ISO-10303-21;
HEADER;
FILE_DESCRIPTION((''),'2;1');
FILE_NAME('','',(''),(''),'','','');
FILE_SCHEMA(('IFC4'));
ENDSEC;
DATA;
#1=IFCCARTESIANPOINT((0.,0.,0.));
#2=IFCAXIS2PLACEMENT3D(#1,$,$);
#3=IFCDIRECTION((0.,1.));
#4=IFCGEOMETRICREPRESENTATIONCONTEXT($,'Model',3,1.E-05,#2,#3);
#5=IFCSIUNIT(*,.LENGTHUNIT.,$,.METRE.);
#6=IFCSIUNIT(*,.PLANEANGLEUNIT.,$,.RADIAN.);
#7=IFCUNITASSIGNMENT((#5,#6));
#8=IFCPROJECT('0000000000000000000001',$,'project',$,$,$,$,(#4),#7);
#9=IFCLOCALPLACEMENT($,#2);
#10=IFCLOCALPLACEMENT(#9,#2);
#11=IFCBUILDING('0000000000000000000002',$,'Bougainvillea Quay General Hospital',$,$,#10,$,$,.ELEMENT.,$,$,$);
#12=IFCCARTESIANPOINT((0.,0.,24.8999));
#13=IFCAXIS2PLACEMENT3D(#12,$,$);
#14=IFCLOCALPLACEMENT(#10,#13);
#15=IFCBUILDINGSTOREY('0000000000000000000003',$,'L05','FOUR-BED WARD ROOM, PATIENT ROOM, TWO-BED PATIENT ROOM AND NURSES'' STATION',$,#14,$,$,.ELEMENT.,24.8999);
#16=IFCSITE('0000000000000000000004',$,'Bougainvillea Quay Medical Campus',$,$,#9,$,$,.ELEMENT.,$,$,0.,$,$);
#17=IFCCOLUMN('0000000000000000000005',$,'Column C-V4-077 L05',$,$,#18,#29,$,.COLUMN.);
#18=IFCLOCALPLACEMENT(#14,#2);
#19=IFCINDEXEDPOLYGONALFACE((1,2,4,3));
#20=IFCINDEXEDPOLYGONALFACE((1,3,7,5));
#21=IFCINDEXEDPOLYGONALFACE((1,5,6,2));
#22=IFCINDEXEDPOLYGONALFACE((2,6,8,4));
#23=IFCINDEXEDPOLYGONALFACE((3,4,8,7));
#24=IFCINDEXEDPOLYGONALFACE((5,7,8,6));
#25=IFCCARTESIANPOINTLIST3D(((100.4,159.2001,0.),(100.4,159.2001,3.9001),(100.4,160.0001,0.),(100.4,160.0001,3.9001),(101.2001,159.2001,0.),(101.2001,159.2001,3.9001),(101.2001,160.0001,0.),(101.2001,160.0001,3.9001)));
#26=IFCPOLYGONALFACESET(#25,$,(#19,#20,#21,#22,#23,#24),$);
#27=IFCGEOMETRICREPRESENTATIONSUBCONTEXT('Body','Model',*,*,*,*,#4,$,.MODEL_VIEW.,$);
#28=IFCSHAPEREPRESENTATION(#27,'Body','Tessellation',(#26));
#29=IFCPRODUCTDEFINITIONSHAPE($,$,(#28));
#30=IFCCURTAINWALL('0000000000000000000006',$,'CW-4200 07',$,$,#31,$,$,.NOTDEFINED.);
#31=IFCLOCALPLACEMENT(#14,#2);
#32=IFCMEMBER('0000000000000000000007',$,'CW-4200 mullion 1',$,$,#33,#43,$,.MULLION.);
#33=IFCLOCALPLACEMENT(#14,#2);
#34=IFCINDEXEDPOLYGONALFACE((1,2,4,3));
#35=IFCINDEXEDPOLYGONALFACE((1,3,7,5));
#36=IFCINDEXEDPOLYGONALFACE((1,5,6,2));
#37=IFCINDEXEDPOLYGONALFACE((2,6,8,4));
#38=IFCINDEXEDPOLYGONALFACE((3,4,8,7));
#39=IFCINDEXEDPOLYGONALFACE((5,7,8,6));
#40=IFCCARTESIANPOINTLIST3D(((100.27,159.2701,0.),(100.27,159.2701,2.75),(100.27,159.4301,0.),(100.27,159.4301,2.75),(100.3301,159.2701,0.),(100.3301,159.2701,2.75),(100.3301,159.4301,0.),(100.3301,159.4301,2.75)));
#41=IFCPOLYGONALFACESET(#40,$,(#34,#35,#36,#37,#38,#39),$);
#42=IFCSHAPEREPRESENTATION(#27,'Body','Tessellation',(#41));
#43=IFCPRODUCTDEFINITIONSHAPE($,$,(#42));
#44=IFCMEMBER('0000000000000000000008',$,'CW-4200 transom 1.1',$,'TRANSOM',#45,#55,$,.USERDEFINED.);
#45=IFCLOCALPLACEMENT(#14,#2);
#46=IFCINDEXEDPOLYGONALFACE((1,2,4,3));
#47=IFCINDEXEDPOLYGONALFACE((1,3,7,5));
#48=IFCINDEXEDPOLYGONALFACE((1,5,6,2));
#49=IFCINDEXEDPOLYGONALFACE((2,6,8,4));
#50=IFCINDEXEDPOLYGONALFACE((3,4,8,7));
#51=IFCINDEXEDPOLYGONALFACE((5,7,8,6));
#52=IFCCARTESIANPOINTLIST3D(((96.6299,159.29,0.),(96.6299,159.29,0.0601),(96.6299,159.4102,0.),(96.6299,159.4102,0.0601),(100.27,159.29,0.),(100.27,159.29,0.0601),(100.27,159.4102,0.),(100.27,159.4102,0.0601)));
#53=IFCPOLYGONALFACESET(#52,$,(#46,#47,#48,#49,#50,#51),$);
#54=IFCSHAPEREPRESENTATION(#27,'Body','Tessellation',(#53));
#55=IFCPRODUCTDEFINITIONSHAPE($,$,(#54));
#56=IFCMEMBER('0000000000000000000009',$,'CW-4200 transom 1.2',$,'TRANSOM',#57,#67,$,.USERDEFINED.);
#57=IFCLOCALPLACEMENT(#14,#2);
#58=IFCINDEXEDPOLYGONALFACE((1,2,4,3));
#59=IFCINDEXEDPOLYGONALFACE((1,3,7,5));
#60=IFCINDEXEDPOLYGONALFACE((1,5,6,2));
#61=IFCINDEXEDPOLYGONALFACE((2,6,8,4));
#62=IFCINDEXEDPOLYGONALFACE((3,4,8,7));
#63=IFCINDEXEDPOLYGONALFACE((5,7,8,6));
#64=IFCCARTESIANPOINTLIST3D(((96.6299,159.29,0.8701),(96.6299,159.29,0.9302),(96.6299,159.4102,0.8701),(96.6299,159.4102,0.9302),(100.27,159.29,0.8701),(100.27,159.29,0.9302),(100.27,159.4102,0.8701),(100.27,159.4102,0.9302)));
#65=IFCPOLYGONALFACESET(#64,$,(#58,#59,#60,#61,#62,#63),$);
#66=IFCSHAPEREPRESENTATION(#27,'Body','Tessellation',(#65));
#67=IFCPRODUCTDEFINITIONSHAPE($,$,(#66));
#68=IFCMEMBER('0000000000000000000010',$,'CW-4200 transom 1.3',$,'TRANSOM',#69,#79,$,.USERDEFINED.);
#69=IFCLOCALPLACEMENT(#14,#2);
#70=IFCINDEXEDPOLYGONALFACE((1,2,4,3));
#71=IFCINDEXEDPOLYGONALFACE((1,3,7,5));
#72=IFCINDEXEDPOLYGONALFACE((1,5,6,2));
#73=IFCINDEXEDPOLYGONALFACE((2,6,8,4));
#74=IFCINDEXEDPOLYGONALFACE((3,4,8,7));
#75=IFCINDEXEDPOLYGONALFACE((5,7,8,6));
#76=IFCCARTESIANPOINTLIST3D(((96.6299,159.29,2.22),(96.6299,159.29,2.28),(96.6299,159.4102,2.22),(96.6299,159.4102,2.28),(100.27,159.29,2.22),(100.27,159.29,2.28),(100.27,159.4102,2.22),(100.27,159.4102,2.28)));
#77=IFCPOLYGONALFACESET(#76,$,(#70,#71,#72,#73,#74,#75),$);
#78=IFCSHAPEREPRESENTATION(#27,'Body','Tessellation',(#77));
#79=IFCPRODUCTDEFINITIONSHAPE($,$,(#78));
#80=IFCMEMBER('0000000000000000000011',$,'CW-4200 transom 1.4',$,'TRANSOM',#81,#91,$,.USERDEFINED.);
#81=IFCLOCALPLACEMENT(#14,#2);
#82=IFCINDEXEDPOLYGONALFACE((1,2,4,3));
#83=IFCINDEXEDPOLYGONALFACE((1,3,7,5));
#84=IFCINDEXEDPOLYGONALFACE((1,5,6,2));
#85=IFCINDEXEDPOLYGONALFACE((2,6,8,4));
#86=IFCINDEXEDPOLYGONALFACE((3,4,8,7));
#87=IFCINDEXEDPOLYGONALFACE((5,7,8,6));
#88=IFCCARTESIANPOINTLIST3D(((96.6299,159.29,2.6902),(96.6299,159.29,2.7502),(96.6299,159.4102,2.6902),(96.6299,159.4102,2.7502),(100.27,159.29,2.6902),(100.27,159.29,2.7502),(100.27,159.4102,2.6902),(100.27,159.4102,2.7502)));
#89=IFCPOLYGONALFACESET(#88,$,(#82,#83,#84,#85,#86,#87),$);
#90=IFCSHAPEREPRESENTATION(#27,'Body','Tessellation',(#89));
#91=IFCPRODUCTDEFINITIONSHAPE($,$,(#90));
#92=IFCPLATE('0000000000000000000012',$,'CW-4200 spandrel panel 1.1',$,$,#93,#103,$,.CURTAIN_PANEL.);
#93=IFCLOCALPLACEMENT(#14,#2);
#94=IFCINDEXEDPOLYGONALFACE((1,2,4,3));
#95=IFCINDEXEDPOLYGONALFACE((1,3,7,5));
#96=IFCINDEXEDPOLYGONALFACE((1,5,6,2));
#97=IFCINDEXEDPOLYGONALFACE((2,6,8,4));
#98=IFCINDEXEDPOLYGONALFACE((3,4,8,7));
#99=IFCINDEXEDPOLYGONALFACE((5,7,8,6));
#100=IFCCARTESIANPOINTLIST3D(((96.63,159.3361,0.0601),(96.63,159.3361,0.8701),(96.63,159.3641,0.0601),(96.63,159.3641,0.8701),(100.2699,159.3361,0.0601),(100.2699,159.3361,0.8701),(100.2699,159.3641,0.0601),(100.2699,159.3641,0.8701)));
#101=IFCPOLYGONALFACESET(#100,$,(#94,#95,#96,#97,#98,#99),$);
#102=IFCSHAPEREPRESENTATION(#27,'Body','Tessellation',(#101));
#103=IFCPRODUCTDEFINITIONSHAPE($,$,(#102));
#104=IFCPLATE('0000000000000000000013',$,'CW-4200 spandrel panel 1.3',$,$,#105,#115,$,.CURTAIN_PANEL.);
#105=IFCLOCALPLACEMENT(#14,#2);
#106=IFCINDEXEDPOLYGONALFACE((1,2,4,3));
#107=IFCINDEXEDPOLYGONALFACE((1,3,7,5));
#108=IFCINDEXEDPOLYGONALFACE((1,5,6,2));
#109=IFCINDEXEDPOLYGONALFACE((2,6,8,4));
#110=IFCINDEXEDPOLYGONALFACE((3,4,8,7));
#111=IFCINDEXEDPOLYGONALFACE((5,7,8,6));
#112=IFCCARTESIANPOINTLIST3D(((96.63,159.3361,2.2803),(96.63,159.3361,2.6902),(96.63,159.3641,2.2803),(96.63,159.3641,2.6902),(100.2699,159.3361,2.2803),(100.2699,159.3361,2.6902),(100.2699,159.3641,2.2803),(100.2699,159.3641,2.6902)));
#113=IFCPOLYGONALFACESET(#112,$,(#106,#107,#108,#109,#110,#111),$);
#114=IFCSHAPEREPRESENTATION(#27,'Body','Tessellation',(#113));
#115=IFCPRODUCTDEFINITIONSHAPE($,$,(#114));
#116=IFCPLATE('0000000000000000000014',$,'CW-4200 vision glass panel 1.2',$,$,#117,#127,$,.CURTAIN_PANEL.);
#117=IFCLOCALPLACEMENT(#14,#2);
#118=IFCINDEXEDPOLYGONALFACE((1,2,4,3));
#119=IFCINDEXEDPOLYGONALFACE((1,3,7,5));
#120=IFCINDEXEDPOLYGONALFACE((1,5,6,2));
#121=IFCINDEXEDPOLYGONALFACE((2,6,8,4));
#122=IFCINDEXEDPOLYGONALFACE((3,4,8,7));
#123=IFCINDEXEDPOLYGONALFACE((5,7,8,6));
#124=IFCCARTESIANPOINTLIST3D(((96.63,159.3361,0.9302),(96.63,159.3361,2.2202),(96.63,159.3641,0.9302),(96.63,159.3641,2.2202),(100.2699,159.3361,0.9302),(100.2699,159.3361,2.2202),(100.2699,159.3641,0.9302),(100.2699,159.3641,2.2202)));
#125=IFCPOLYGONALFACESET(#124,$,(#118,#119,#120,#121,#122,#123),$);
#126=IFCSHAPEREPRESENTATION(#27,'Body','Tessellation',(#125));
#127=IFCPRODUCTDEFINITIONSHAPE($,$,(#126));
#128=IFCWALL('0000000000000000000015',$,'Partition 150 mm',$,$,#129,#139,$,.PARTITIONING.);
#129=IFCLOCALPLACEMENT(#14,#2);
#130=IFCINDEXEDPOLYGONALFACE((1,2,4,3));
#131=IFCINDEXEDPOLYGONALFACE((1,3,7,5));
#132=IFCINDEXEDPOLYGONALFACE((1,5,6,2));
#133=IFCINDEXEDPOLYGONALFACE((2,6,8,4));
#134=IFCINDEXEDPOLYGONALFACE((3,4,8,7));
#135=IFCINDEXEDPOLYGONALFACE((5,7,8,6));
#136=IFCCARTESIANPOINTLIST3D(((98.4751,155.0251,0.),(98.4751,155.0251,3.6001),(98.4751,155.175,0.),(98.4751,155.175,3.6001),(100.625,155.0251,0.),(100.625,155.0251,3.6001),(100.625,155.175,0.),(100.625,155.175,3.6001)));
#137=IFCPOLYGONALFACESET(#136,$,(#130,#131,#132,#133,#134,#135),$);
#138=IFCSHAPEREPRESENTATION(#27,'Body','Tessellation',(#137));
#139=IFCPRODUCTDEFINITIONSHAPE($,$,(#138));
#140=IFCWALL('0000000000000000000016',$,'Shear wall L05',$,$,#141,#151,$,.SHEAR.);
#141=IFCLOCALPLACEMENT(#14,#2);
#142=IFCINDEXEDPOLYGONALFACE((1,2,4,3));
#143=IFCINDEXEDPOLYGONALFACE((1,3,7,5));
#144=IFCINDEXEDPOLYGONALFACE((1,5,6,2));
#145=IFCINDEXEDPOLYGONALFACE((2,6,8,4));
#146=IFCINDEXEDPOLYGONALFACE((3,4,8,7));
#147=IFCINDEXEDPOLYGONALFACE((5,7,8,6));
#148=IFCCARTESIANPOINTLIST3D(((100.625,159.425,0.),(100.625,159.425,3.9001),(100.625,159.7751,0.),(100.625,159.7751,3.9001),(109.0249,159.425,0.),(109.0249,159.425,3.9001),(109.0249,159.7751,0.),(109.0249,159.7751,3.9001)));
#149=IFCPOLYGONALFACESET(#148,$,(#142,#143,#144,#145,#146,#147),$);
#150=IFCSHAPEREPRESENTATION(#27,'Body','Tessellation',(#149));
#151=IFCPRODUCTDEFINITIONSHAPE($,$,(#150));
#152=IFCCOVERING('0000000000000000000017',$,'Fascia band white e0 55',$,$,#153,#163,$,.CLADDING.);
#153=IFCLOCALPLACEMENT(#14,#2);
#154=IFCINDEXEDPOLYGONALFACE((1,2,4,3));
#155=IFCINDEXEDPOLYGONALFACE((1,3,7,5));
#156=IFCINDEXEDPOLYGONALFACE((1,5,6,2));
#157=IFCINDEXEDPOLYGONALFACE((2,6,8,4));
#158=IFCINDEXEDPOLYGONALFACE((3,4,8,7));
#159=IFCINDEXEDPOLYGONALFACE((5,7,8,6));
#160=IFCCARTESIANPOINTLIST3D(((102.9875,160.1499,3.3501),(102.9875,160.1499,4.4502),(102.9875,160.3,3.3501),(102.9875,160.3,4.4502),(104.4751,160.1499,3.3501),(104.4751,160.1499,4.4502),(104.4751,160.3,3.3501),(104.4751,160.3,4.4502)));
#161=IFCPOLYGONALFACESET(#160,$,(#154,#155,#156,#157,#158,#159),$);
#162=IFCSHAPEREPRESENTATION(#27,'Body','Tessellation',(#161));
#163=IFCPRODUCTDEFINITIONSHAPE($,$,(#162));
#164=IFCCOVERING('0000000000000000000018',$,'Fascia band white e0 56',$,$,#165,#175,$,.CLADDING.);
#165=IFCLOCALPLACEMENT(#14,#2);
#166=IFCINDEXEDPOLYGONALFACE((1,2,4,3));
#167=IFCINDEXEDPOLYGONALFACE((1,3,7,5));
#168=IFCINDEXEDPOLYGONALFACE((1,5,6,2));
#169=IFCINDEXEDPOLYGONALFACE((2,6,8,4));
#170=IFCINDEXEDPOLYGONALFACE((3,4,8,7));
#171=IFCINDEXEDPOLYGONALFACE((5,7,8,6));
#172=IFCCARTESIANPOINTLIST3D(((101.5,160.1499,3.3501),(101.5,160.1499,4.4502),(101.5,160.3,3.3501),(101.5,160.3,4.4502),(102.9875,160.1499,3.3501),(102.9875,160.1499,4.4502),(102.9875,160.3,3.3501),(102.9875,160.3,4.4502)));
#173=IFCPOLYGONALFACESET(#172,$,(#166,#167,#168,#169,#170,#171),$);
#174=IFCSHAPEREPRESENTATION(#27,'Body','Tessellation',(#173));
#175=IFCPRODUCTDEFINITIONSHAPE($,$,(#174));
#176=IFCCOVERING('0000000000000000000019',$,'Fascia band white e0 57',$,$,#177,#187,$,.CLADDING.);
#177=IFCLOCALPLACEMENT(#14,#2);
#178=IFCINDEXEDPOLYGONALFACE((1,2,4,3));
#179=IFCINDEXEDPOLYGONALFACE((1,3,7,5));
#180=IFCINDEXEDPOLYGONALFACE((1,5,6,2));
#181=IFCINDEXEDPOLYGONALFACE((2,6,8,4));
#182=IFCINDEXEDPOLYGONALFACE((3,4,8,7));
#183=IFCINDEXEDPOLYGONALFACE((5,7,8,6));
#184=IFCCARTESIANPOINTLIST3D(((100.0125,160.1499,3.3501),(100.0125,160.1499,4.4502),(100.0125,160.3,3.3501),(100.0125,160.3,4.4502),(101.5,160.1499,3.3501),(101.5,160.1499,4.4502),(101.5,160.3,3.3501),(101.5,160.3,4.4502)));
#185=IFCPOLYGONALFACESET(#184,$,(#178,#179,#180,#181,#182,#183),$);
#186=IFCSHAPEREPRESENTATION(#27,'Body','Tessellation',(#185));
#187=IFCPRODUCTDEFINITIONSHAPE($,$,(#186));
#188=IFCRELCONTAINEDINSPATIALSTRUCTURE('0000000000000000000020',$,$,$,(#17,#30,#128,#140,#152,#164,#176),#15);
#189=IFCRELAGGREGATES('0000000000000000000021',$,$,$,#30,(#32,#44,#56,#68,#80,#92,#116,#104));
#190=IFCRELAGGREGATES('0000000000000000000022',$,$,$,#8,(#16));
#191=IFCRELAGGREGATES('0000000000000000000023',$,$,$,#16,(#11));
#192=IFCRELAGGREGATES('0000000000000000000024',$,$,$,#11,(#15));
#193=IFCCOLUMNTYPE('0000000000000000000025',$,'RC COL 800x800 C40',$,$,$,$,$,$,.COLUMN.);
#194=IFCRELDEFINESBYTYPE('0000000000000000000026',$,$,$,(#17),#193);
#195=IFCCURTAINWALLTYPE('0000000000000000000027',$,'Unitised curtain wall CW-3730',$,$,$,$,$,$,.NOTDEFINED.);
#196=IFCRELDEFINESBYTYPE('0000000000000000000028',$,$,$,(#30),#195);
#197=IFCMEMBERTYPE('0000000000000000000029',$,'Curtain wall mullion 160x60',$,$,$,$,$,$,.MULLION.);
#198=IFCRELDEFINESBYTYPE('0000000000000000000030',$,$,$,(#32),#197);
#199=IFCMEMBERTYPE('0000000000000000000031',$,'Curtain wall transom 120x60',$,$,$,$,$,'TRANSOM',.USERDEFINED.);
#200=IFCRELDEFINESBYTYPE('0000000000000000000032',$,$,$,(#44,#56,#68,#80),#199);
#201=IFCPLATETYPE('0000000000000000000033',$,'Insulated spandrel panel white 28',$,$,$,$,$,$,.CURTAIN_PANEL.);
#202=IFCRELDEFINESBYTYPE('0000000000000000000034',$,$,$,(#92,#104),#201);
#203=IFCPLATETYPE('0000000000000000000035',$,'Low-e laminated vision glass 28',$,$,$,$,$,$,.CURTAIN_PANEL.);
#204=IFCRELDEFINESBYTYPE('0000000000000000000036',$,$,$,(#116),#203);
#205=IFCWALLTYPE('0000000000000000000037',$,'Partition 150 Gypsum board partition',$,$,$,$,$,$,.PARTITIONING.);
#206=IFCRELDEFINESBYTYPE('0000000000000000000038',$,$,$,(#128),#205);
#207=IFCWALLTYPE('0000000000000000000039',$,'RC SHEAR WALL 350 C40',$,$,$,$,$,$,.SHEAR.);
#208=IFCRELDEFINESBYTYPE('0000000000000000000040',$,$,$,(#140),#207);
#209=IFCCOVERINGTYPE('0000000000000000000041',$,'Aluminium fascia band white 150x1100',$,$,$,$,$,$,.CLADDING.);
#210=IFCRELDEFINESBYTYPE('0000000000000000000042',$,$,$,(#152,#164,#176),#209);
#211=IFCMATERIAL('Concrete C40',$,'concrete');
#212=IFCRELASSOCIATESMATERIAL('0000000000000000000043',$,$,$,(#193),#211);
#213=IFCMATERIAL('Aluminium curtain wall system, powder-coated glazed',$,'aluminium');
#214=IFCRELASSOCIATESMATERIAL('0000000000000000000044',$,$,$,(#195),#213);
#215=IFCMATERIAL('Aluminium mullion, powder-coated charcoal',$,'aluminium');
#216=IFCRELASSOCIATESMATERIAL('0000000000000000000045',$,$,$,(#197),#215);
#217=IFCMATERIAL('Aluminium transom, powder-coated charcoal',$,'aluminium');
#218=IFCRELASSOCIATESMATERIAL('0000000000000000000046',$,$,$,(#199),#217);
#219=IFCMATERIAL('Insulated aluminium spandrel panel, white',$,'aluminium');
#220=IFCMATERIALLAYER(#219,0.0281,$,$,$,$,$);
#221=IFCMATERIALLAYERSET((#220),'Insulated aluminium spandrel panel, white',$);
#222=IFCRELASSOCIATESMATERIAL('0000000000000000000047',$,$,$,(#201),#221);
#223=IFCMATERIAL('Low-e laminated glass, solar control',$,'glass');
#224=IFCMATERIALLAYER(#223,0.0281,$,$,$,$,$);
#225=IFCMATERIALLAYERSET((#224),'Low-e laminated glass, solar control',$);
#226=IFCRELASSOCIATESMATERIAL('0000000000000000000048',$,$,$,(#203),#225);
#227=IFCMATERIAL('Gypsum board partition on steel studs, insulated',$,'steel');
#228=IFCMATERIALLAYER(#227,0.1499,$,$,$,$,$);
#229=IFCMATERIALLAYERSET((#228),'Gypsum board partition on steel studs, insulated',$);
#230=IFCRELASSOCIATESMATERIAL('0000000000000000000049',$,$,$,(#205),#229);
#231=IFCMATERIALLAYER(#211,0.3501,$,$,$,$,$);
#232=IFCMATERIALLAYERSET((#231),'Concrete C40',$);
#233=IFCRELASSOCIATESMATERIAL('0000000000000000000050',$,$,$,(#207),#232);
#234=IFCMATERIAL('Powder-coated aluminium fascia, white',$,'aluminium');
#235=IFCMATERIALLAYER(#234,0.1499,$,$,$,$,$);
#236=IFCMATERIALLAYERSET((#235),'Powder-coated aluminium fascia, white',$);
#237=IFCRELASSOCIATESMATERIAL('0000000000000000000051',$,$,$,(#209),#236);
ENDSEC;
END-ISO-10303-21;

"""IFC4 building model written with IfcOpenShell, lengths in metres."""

from ifc_helpers import new_model, si_unit, direction, frame, frame_2d, origin, origin_2d, place, context, subcontext, project, spatial, polyline, rectangle, outline, extrude, material, layer, layer_set, material_profile, profile_set, type_object, element, aggregate, save


model = new_model("IFC4")

# Units and contexts
model_context = context("Model", 3, precision=1e-05, world=origin(), true_north=direction((0.0, 1.0)))
body_context = subcontext(model_context, "Body", "Model", "MODEL_VIEW")
ifc_project = project(units=[si_unit("LENGTHUNIT", "METRE"), si_unit("PLANEANGLEUNIT", "RADIAN")], contexts=[model_context])

# Site, building, storey
site_placement = place(None, origin())
site = spatial("IfcSite", under=ifc_project, at=site_placement, Name="Bougainvillea Quay Medical Campus", CompositionType="ELEMENT", RefElevation=0.0)
building_placement = place(site_placement, origin())
building = spatial("IfcBuilding", under=site, at=building_placement, Name="Bougainvillea Quay General Hospital", CompositionType="ELEMENT")
storey_placement = place(building_placement, frame((0.0, 0.0, 24.8999)))
storey = spatial("IfcBuildingStorey", under=building, at=storey_placement, Name="L05", Description="FOUR-BED WARD ROOM, PATIENT ROOM, TWO-BED PATIENT ROOM AND NURSES' STATION", CompositionType="ELEMENT", Elevation=24.8999)

# Column
ifc_material_1 = material(Name="Concrete C40", Category="concrete")
ifc_material_profile_1 = material_profile(ifc_material_1, rectangle(XDim=0.8, YDim=0.8, at=origin_2d()))
ifc_profile_set_1 = profile_set([ifc_material_profile_1], Name="Concrete C40")
column_type = type_object("IfcColumnType", Name="RC COL 800x800 C40", PredefinedType="COLUMN", material=ifc_profile_set_1)
column_placement = place(storey_placement, frame((100.8, 159.6001, 0.0), z_axis=(0.0, 0.0, 1.0), x_axis=(1.0, 0.0, 0.0)))
element("IfcColumn", 1, at=column_placement, inside=storey, type_object=column_type, Name="Column C-V4-077 L05", PredefinedType="COLUMN", context=body_context, shape_type="SweptSolid", body=[
    extrude(rectangle(XDim=0.8, YDim=0.8, at=origin_2d()), origin(), (0.0, 0.0, 1.0), 3.9001),
])

# Curtain wall, members, plates
ifc_material_2 = material(Name="Aluminium curtain wall system, powder-coated glazed", Category="aluminium")
curtain_wall_type = type_object("IfcCurtainWallType", Name="Unitised curtain wall CW-3730", PredefinedType="NOTDEFINED", material=ifc_material_2)
curtain_wall_placement = place(storey_placement, origin())
curtain_wall = element("IfcCurtainWall", 2, at=curtain_wall_placement, inside=storey, type_object=curtain_wall_type, Name="CW-4200 07", PredefinedType="NOTDEFINED")
ifc_material_3 = material(Name="Aluminium mullion, powder-coated charcoal", Category="aluminium")
ifc_material_profile_2 = material_profile(ifc_material_3, rectangle(XDim=0.1599, YDim=0.0601, at=origin_2d()))
ifc_profile_set_2 = profile_set([ifc_material_profile_2], Name="Aluminium mullion, powder-coated charcoal")
member_type_1 = type_object("IfcMemberType", Name="Curtain wall mullion 160x60", PredefinedType="MULLION", material=ifc_profile_set_2)
member_1_placement = place(storey_placement, frame((100.3, 159.3501, 0.0), z_axis=(0.0, 0.0, 1.0), x_axis=(0.0, -1.0, 0.0)))
member_1 = element("IfcMember", 3, at=member_1_placement, type_object=member_type_1, Name="CW-4200 mullion 1", PredefinedType="MULLION", context=body_context, shape_type="SweptSolid", body=[
    extrude(rectangle(XDim=0.1599, YDim=0.0601, at=origin_2d()), origin(), (0.0, 0.0, 1.0), 2.75),
])
ifc_material_4 = material(Name="Aluminium transom, powder-coated charcoal", Category="aluminium")
ifc_material_profile_3 = material_profile(ifc_material_4, rectangle(XDim=0.1201, YDim=0.0601, at=origin_2d()))
ifc_profile_set_3 = profile_set([ifc_material_profile_3], Name="Aluminium transom, powder-coated charcoal")
member_type_2 = type_object("IfcMemberType", Name="Curtain wall transom 120x60", ElementType="TRANSOM", PredefinedType="USERDEFINED", material=ifc_profile_set_3)
member_2_placement = place(storey_placement, frame((100.27, 159.3501, 0.03), z_axis=(-1.0, 0.0, 0.0), x_axis=(0.0, -1.0, 0.0)))
member_2 = element("IfcMember", 4, at=member_2_placement, type_object=member_type_2, Name="CW-4200 transom 1.1", ObjectType="TRANSOM", PredefinedType="USERDEFINED", context=body_context, shape_type="SweptSolid", body=[
    extrude(rectangle(XDim=0.1201, YDim=0.0601, at=origin_2d()), origin(), (0.0, 0.0, 1.0), 3.6401),
])
member_3_placement = place(storey_placement, frame((100.27, 159.3501, 0.9001), z_axis=(-1.0, 0.0, 0.0), x_axis=(0.0, -1.0, 0.0)))
member_3 = element("IfcMember", 5, at=member_3_placement, type_object=member_type_2, Name="CW-4200 transom 1.2", ObjectType="TRANSOM", PredefinedType="USERDEFINED", context=body_context, shape_type="SweptSolid", body=[
    extrude(rectangle(XDim=0.1201, YDim=0.0601, at=origin_2d()), origin(), (0.0, 0.0, 1.0), 3.6401),
])
member_4_placement = place(storey_placement, frame((100.27, 159.3501, 2.25), z_axis=(-1.0, 0.0, 0.0), x_axis=(0.0, -1.0, 0.0)))
member_4 = element("IfcMember", 6, at=member_4_placement, type_object=member_type_2, Name="CW-4200 transom 1.3", ObjectType="TRANSOM", PredefinedType="USERDEFINED", context=body_context, shape_type="SweptSolid", body=[
    extrude(rectangle(XDim=0.1201, YDim=0.0601, at=origin_2d()), origin(), (0.0, 0.0, 1.0), 3.6401),
])
member_5_placement = place(storey_placement, frame((100.27, 159.3501, 2.7202), z_axis=(-1.0, 0.0, 0.0), x_axis=(0.0, -1.0, 0.0)))
member_5 = element("IfcMember", 7, at=member_5_placement, type_object=member_type_2, Name="CW-4200 transom 1.4", ObjectType="TRANSOM", PredefinedType="USERDEFINED", context=body_context, shape_type="SweptSolid", body=[
    extrude(rectangle(XDim=0.1201, YDim=0.0601, at=origin_2d()), origin(), (0.0, 0.0, 1.0), 3.6401),
])
ifc_material_5 = material(Name="Insulated aluminium spandrel panel, white", Category="aluminium")
ifc_layer_1 = layer(ifc_material_5, 0.0281)
ifc_layer_set_1 = layer_set([ifc_layer_1], Name="Insulated aluminium spandrel panel, white")
plate_type_1 = type_object("IfcPlateType", Name="Insulated spandrel panel white 28", PredefinedType="CURTAIN_PANEL", material=ifc_layer_set_1)
plate_1_placement = place(storey_placement, frame((98.45, 159.3501, 0.0601), z_axis=(0.0, 0.0, 1.0), x_axis=(-1.0, 0.0, 0.0)))
plate_1 = element("IfcPlate", 8, at=plate_1_placement, type_object=plate_type_1, Name="CW-4200 spandrel panel 1.1", PredefinedType="CURTAIN_PANEL", context=body_context, shape_type="SweptSolid", body=[
    extrude(rectangle(XDim=3.6399, YDim=0.0281, at=origin_2d()), origin(), (0.0, 0.0, 1.0), 0.8101),
])
plate_2_placement = place(storey_placement, frame((98.45, 159.3501, 2.2803), z_axis=(0.0, 0.0, 1.0), x_axis=(-1.0, 0.0, 0.0)))
plate_2 = element("IfcPlate", 9, at=plate_2_placement, type_object=plate_type_1, Name="CW-4200 spandrel panel 1.3", PredefinedType="CURTAIN_PANEL", context=body_context, shape_type="SweptSolid", body=[
    extrude(rectangle(XDim=3.6399, YDim=0.0281, at=origin_2d()), origin(), (0.0, 0.0, 1.0), 0.4099),
])
ifc_material_6 = material(Name="Low-e laminated glass, solar control", Category="glass")
ifc_layer_2 = layer(ifc_material_6, 0.0281)
ifc_layer_set_2 = layer_set([ifc_layer_2], Name="Low-e laminated glass, solar control")
plate_type_2 = type_object("IfcPlateType", Name="Low-e laminated vision glass 28", PredefinedType="CURTAIN_PANEL", material=ifc_layer_set_2)
plate_3_placement = place(storey_placement, frame((98.45, 159.3501, 0.9302), z_axis=(0.0, 0.0, 1.0), x_axis=(-1.0, 0.0, 0.0)))
plate_3 = element("IfcPlate", 10, at=plate_3_placement, type_object=plate_type_2, Name="CW-4200 vision glass panel 1.2", PredefinedType="CURTAIN_PANEL", context=body_context, shape_type="SweptSolid", body=[
    extrude(rectangle(XDim=3.6399, YDim=0.0281, at=origin_2d()), origin(), (0.0, 0.0, 1.0), 1.29),
])
aggregate(curtain_wall, [member_1, member_2, member_3, member_4, member_5, plate_1, plate_3, plate_2])

# Walls
ifc_material_7 = material(Name="Gypsum board partition on steel studs, insulated", Category="steel")
ifc_layer_3 = layer(ifc_material_7, 0.1499)
ifc_layer_set_3 = layer_set([ifc_layer_3], Name="Gypsum board partition on steel studs, insulated")
wall_type_1 = type_object("IfcWallType", Name="Partition 150 Gypsum board partition", PredefinedType="PARTITIONING", material=ifc_layer_set_3)
wall_1_placement = place(storey_placement, frame((98.4751, 155.1001, 0.0), z_axis=(0.0, 0.0, 1.0), x_axis=(1.0, 0.0, 0.0)))
element("IfcWall", 11, at=wall_1_placement, inside=storey, type_object=wall_type_1, Name="Partition 150 mm", PredefinedType="PARTITIONING", context=body_context, shape_type="SweptSolid", body=[
    extrude(rectangle(XDim=2.1499, YDim=0.1499, at=frame_2d((1.075, 0.0))), origin(), (0.0, 0.0, 1.0), 3.6001),
])
ifc_layer_4 = layer(ifc_material_1, 0.3501)
ifc_layer_set_4 = layer_set([ifc_layer_4], Name="Concrete C40")
wall_type_2 = type_object("IfcWallType", Name="RC SHEAR WALL 350 C40", PredefinedType="SHEAR", material=ifc_layer_set_4)
wall_2_placement = place(storey_placement, frame((100.625, 159.6001, 0.0), z_axis=(0.0, 0.0, 1.0), x_axis=(1.0, 0.0, 0.0)))
element("IfcWall", 12, at=wall_2_placement, inside=storey, type_object=wall_type_2, Name="Shear wall L05", PredefinedType="SHEAR", context=body_context, shape_type="SweptSolid", body=[
    extrude(rectangle(XDim=8.3999, YDim=0.3501, at=frame_2d((4.2, 0.0))), origin(), (0.0, 0.0, 1.0), 3.9001),
])

# Coverings
ifc_material_8 = material(Name="Powder-coated aluminium fascia, white", Category="aluminium")
ifc_layer_5 = layer(ifc_material_8, 0.1499)
ifc_layer_set_5 = layer_set([ifc_layer_5], Name="Powder-coated aluminium fascia, white")
covering_type = type_object("IfcCoveringType", Name="Aluminium fascia band white 150x1100", PredefinedType="CLADDING", material=ifc_layer_set_5)
for number, where, z_axis, x_axis, name in (
    (13, (104.4751, 160.1499, 3.3501), (0.0, 0.0, 1.0), (-1.0, 0.0, 0.0), "Fascia band white e0 55"),
    (14, (102.9875, 160.1499, 3.3501), (0.0, 0.0, 1.0), (-1.0, 0.0, 0.0), "Fascia band white e0 56"),
    (15, (101.5, 160.1499, 3.3501), (0.0, 0.0, 1.0), (-1.0, 0.0, 0.0), "Fascia band white e0 57"),
):
    element("IfcCovering", number, at=place(storey_placement, frame(where, z_axis=z_axis, x_axis=x_axis)), inside=storey, type_object=covering_type, Name=name, PredefinedType="CLADDING", context=body_context, shape_type="SweptSolid", body=[
        extrude(outline(polyline([(0.0, 0.0), (1.4875, 0.0), (1.4875, -0.1501), (0.0, -0.1501), (0.0, 0.0)])), origin(), (0.0, 0.0, 1.0), 1.1001),
    ])

save(model, "model.ifc")
